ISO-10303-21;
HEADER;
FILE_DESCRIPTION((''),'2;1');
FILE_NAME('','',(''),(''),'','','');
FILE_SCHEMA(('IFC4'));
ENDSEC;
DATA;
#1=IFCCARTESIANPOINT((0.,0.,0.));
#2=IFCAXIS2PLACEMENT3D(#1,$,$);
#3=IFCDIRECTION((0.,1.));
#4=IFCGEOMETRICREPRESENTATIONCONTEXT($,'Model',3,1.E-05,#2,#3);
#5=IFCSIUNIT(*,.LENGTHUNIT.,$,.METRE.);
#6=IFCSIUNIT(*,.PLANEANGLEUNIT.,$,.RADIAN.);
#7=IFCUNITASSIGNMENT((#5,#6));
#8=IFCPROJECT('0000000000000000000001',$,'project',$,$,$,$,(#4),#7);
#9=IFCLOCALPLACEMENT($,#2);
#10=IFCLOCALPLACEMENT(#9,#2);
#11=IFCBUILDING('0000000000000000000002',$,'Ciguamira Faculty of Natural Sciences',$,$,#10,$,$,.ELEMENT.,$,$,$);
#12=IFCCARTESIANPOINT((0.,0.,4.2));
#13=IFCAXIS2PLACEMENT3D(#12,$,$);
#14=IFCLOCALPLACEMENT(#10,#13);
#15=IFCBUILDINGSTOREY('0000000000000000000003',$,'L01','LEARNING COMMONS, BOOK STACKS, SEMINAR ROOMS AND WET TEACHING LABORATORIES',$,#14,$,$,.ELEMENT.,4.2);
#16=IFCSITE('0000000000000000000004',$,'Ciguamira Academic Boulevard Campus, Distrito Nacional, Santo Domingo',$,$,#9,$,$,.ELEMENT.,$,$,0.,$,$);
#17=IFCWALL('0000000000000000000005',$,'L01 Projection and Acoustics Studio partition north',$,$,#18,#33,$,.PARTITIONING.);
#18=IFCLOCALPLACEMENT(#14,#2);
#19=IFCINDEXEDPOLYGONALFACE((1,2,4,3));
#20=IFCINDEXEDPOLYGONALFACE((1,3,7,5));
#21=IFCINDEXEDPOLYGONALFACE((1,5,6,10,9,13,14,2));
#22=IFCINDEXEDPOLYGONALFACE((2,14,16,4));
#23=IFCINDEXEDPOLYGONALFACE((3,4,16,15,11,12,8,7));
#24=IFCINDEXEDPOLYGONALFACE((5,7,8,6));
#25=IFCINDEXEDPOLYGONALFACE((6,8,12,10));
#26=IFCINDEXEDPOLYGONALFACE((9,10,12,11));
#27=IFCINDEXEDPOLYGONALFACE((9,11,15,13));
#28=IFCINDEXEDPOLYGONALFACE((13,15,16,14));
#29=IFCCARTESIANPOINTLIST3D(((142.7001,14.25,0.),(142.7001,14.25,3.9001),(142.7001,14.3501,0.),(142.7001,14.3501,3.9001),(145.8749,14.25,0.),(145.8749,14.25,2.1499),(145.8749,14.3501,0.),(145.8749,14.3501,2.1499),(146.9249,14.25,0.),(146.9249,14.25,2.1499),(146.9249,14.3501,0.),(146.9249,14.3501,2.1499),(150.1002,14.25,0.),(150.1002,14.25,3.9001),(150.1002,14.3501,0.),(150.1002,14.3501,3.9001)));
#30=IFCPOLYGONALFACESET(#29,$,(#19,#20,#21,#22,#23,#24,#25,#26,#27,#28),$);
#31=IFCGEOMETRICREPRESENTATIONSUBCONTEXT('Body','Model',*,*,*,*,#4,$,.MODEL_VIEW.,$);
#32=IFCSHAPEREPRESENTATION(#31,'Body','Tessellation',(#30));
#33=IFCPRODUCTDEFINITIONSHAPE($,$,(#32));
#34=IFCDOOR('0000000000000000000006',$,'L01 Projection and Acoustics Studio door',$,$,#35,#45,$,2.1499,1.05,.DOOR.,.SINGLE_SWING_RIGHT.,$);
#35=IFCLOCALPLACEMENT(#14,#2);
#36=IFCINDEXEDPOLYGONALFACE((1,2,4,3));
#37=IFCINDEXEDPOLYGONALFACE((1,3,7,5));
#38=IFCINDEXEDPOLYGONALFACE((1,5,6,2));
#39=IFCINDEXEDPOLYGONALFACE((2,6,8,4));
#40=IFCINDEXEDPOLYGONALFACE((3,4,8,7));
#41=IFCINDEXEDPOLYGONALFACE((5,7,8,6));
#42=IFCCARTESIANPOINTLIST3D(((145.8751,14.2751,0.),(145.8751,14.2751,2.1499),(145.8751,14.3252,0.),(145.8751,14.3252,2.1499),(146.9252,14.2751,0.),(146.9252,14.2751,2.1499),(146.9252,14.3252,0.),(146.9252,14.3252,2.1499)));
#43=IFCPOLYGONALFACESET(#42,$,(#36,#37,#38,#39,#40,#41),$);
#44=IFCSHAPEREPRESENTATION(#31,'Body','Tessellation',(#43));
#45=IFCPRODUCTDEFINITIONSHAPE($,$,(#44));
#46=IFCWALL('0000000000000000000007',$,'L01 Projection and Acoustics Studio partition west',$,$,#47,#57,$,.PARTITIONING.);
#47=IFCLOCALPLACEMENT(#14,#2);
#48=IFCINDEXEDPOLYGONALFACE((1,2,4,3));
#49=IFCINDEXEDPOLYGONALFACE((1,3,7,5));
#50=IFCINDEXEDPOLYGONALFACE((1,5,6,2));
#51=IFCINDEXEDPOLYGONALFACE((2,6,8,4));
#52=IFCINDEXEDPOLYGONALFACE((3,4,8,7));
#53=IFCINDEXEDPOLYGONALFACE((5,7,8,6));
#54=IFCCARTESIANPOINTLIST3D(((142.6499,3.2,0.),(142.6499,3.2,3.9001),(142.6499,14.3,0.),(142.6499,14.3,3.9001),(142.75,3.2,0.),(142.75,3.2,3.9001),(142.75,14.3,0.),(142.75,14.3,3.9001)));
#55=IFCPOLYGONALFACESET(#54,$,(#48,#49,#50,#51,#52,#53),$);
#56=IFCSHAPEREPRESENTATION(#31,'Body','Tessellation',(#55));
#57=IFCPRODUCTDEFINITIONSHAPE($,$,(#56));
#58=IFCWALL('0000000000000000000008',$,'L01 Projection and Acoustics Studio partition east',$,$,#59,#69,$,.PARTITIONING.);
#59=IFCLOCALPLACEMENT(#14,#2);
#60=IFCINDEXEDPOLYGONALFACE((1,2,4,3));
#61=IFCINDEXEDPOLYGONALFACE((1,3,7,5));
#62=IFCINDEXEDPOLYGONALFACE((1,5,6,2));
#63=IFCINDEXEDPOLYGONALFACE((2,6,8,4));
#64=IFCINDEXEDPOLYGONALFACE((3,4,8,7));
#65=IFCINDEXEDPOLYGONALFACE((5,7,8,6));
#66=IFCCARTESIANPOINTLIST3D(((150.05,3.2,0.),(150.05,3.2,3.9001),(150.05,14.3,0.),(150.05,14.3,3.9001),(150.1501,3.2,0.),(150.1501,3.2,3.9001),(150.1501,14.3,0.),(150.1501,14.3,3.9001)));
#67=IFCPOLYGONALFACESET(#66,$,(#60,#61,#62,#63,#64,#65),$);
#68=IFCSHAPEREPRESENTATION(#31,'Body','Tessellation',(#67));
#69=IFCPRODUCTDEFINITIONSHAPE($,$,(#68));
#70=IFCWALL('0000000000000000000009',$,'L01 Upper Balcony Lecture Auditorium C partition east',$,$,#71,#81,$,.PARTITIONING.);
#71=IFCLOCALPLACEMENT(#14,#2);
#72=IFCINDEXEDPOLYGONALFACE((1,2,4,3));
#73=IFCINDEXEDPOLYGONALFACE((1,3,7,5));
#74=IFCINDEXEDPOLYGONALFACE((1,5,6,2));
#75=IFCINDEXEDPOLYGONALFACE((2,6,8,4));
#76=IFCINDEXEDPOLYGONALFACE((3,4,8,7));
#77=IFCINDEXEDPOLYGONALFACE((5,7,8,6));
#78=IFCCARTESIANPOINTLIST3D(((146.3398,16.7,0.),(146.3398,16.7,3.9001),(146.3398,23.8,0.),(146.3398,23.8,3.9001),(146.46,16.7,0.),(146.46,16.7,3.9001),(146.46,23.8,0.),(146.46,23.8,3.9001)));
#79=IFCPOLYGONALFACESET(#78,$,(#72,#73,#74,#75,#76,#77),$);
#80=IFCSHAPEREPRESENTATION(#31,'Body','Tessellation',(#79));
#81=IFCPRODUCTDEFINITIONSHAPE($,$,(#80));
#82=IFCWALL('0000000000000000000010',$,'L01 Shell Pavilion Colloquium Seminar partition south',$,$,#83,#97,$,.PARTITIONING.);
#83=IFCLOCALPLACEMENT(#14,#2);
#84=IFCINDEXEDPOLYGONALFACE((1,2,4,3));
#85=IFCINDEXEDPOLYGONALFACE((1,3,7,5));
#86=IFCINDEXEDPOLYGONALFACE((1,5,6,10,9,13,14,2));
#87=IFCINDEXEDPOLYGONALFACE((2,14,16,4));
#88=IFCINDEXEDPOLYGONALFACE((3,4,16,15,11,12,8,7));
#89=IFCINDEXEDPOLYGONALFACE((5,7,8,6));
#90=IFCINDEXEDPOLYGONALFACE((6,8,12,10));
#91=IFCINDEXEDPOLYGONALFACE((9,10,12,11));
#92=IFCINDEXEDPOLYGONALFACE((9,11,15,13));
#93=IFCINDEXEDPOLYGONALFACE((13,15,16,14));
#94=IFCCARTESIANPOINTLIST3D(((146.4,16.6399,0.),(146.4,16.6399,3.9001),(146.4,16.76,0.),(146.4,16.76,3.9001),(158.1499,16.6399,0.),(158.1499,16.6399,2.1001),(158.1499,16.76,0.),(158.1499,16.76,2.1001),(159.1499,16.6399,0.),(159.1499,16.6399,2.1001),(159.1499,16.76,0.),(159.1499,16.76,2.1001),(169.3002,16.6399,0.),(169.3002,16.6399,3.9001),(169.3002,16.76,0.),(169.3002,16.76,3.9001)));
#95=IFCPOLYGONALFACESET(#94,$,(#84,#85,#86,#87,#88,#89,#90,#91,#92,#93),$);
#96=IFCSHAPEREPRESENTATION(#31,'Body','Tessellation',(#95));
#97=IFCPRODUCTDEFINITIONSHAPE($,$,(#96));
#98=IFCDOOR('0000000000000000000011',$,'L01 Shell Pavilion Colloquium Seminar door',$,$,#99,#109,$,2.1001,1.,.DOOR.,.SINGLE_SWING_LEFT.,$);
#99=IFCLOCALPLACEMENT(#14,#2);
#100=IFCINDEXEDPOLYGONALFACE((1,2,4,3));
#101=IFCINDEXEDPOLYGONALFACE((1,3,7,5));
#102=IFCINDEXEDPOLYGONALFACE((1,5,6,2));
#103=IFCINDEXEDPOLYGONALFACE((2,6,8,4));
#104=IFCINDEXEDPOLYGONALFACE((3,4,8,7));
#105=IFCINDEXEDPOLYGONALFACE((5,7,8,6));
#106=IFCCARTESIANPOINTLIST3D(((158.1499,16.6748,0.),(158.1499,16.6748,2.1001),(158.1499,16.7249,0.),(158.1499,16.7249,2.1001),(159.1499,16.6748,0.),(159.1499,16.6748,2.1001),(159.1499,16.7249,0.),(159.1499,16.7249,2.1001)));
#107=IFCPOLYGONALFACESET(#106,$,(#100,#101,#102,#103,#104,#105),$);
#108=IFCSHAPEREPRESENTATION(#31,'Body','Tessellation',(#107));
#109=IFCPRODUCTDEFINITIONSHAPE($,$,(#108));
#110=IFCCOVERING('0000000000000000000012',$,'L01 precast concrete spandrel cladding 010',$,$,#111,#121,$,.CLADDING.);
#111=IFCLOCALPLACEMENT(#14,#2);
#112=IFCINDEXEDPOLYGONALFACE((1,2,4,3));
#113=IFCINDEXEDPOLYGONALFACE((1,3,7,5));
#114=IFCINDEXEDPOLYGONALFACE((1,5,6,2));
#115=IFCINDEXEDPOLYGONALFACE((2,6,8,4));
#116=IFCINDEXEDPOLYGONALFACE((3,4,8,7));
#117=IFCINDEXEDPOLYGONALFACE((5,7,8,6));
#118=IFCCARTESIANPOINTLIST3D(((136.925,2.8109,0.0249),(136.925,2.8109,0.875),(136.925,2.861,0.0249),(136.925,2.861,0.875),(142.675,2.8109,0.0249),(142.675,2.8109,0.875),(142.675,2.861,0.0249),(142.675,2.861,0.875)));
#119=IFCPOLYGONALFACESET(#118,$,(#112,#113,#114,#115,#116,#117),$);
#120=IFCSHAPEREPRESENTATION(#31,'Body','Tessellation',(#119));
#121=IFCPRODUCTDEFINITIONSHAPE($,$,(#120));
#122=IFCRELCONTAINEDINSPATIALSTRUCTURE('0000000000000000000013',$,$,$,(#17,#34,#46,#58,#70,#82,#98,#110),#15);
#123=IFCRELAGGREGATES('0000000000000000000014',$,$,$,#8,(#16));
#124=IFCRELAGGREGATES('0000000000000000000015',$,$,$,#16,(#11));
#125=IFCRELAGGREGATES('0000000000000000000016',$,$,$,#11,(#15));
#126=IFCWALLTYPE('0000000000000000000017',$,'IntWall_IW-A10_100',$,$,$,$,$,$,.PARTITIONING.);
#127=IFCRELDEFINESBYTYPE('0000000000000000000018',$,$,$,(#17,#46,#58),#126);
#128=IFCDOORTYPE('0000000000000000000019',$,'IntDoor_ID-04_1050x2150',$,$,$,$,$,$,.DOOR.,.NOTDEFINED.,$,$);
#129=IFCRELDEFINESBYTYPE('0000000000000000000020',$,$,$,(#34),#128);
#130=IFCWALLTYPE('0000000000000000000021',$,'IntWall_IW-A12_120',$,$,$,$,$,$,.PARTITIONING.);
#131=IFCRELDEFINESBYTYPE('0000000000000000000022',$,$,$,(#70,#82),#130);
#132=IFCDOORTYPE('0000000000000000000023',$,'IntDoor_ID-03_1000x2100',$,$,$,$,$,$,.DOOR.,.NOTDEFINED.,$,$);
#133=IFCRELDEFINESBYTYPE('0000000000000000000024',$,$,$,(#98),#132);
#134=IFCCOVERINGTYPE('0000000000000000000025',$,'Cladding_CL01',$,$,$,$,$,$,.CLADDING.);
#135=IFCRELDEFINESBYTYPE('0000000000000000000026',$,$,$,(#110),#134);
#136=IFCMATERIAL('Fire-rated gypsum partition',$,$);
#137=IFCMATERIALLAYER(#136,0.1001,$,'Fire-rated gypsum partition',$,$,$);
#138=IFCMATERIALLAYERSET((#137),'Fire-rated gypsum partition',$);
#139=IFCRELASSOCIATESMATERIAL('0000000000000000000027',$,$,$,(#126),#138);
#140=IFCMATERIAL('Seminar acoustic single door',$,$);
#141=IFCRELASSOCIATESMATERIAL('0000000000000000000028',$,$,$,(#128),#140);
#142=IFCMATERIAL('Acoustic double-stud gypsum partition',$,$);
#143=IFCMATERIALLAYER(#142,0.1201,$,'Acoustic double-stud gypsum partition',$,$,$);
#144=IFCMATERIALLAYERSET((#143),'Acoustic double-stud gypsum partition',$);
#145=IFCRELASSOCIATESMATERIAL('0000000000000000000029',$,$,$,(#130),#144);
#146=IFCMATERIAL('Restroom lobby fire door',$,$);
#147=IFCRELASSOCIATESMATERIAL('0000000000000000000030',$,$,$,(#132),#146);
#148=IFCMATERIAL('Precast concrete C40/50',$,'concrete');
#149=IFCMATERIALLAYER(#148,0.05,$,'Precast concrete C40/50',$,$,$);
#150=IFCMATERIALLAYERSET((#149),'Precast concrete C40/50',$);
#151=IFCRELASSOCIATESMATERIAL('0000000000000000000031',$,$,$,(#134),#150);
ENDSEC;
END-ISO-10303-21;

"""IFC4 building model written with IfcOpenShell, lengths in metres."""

from ifc_helpers import new_model, si_unit, direction, frame, frame_2d, origin, origin_2d, place, context, subcontext, project, spatial, rectangle, extrude, material, layer, layer_set, type_object, element, fill, save


model = new_model("IFC4")

# Units and contexts
model_context = context("Model", 3, precision=1e-05, world=origin(), true_north=direction((0.0, 1.0)))
body_context = subcontext(model_context, "Body", "Model", "MODEL_VIEW")
ifc_project = project(units=[si_unit("LENGTHUNIT", "METRE"), si_unit("PLANEANGLEUNIT", "RADIAN")], contexts=[model_context])

# Site, building, storey
site_placement = place(None, origin())
site = spatial("IfcSite", under=ifc_project, at=site_placement, Name="Ciguamira Academic Boulevard Campus, Distrito Nacional, Santo Domingo", CompositionType="ELEMENT", RefElevation=0.0)
building_placement = place(site_placement, origin())
building = spatial("IfcBuilding", under=site, at=building_placement, Name="Ciguamira Faculty of Natural Sciences", CompositionType="ELEMENT")
storey_placement = place(building_placement, frame((0.0, 0.0, 4.2)))
storey = spatial("IfcBuildingStorey", under=building, at=storey_placement, Name="L01", Description="LEARNING COMMONS, BOOK STACKS, SEMINAR ROOMS AND WET TEACHING LABORATORIES", CompositionType="ELEMENT", Elevation=4.2)

# Shared definitions
ifc_material_1 = material(Name="Precast concrete C40/50", Category="concrete")

# Wall, opening, door
ifc_material_2 = material(Name="Fire-rated gypsum partition")
ifc_layer_1 = layer(ifc_material_2, 0.1001, Name="Fire-rated gypsum partition")
ifc_layer_set_1 = layer_set([ifc_layer_1], Name="Fire-rated gypsum partition")
wall_type_1 = type_object("IfcWallType", Name="IntWall_IW-A10_100", PredefinedType="PARTITIONING", material=ifc_layer_set_1)
wall_1_placement = place(storey_placement, frame((142.7, 14.3, 0.0), z_axis=(0.0, 0.0, 1.0), x_axis=(1.0, 0.0, 0.0)))
wall_1 = element("IfcWall", 1, at=wall_1_placement, inside=storey, type_object=wall_type_1, Name="L01 Projection and Acoustics Studio partition north", PredefinedType="PARTITIONING", context=body_context, shape_type="SweptSolid", body=[
    extrude(rectangle(XDim=7.4001, YDim=0.1001, at=frame_2d((3.7002, 0.0))), origin(), (0.0, 0.0, 1.0), 3.9001),
])
opening_1_placement = place(wall_1_placement, frame((3.175, 0.0, 0.0)))
opening_1 = element("IfcOpeningElement", 2, at=opening_1_placement, cuts=wall_1, PredefinedType="OPENING", context=body_context, shape_type="SweptSolid", body=[
    extrude(rectangle(XDim=1.05, YDim=2.1499, at=frame_2d((0.5249, 1.075))), frame((0.0, 0.0601, 0.0), z_axis=(0.0, -1.0, 0.0), x_axis=(1.0, 0.0, 0.0)), (0.0, 0.0, 1.0), 0.1201),
])
ifc_material_3 = material(Name="Seminar acoustic single door")
door_type_1 = type_object("IfcDoorType", Name="IntDoor_ID-04_1050x2150", OperationType="NOTDEFINED", PredefinedType="DOOR", material=ifc_material_3)
door_1_placement = place(opening_1_placement, frame((1.05, 0.0, 0.0), z_axis=(0.0, 0.0, 1.0), x_axis=(-1.0, 0.0, 0.0)))
door_1 = element("IfcDoor", 3, at=door_1_placement, inside=storey, type_object=door_type_1, Name="L01 Projection and Acoustics Studio door", OperationType="SINGLE_SWING_RIGHT", OverallHeight=2.1499, OverallWidth=1.05, PredefinedType="DOOR", context=body_context, shape_type="SweptSolid", body=[
    extrude(rectangle(XDim=1.05, YDim=2.1499, at=frame_2d((0.5249, 1.075))), frame((0.0, 0.0249, 0.0), z_axis=(0.0, -1.0, 0.0), x_axis=(1.0, 0.0, 0.0)), (0.0, 0.0, 1.0), 0.05),
])
fill(opening_1, door_1)

# Walls
for number, where, z_axis, x_axis, name in (
    (4, (142.7, 3.2, 0.0), (0.0, 0.0, 1.0), (0.0, 1.0, 0.0), "L01 Projection and Acoustics Studio partition west"),
    (5, (150.1001, 3.2, 0.0), (0.0, 0.0, 1.0), (0.0, 1.0, 0.0), "L01 Projection and Acoustics Studio partition east"),
):
    element("IfcWall", number, at=place(storey_placement, frame(where, z_axis=z_axis, x_axis=x_axis)), inside=storey, type_object=wall_type_1, Name=name, PredefinedType="PARTITIONING", context=body_context, shape_type="SweptSolid", body=[
        extrude(rectangle(XDim=11.1001, YDim=0.1001, at=frame_2d((5.55, 0.0))), origin(), (0.0, 0.0, 1.0), 3.9001),
    ])
ifc_material_4 = material(Name="Acoustic double-stud gypsum partition")
ifc_layer_2 = layer(ifc_material_4, 0.1201, Name="Acoustic double-stud gypsum partition")
ifc_layer_set_2 = layer_set([ifc_layer_2], Name="Acoustic double-stud gypsum partition")
wall_type_2 = type_object("IfcWallType", Name="IntWall_IW-A12_120", PredefinedType="PARTITIONING", material=ifc_layer_set_2)
wall_2_placement = place(storey_placement, frame((146.3999, 16.7, 0.0), z_axis=(0.0, 0.0, 1.0), x_axis=(0.0, 1.0, 0.0)))
element("IfcWall", 6, at=wall_2_placement, inside=storey, type_object=wall_type_2, Name="L01 Upper Balcony Lecture Auditorium C partition east", PredefinedType="PARTITIONING", context=body_context, shape_type="SweptSolid", body=[
    extrude(rectangle(XDim=7.1001, YDim=0.1201, at=frame_2d((3.55, 0.0))), origin(), (0.0, 0.0, 1.0), 3.9001),
])

# Wall, opening, door
wall_3_placement = place(storey_placement, frame((146.3999, 16.7, 0.0), z_axis=(0.0, 0.0, 1.0), x_axis=(1.0, 0.0, 0.0)))
wall_3 = element("IfcWall", 7, at=wall_3_placement, inside=storey, type_object=wall_type_2, Name="L01 Shell Pavilion Colloquium Seminar partition south", PredefinedType="PARTITIONING", context=body_context, shape_type="SweptSolid", body=[
    extrude(rectangle(XDim=22.9001, YDim=0.1201, at=frame_2d((11.4502, 0.0))), origin(), (0.0, 0.0, 1.0), 3.9001),
])
opening_2_placement = place(wall_3_placement, frame((11.75, 0.0, 0.0)))
opening_2 = element("IfcOpeningElement", 8, at=opening_2_placement, cuts=wall_3, PredefinedType="OPENING", context=body_context, shape_type="SweptSolid", body=[
    extrude(rectangle(XDim=1.0, YDim=2.1001, at=frame_2d((0.5, 1.05))), frame((0.0, 0.0701, 0.0), z_axis=(0.0, -1.0, 0.0), x_axis=(1.0, 0.0, 0.0)), (0.0, 0.0, 1.0), 0.1401),
])
ifc_material_5 = material(Name="Restroom lobby fire door")
door_type_2 = type_object("IfcDoorType", Name="IntDoor_ID-03_1000x2100", OperationType="NOTDEFINED", PredefinedType="DOOR", material=ifc_material_5)
door_2_placement = place(opening_2_placement, origin())
door_2 = element("IfcDoor", 9, at=door_2_placement, inside=storey, type_object=door_type_2, Name="L01 Shell Pavilion Colloquium Seminar door", OperationType="SINGLE_SWING_LEFT", OverallHeight=2.1001, OverallWidth=1.0, PredefinedType="DOOR", context=body_context, shape_type="SweptSolid", body=[
    extrude(rectangle(XDim=1.0, YDim=2.1001, at=frame_2d((0.5, 1.05))), frame((0.0, 0.0249, 0.0), z_axis=(0.0, -1.0, 0.0), x_axis=(1.0, 0.0, 0.0)), (0.0, 0.0, 1.0), 0.05),
])
fill(opening_2, door_2)

# Covering
ifc_layer_3 = layer(ifc_material_1, 0.05, Name="Precast concrete C40/50")
ifc_layer_set_3 = layer_set([ifc_layer_3], Name="Precast concrete C40/50")
covering_type = type_object("IfcCoveringType", Name="Cladding_CL01", PredefinedType="CLADDING", material=ifc_layer_set_3)
covering_placement = place(storey_placement, frame((139.8, 2.8359, 0.0249), z_axis=(0.0, 0.0, 1.0), x_axis=(1.0, 0.0, 0.0)))
element("IfcCovering", 10, at=covering_placement, inside=storey, type_object=covering_type, Name="L01 precast concrete spandrel cladding 010", PredefinedType="CLADDING", context=body_context, shape_type="SweptSolid", body=[
    extrude(rectangle(XDim=5.75, YDim=0.05, at=origin_2d()), origin(), (0.0, 0.0, 1.0), 0.8501),
])

save(model, "model.ifc")
